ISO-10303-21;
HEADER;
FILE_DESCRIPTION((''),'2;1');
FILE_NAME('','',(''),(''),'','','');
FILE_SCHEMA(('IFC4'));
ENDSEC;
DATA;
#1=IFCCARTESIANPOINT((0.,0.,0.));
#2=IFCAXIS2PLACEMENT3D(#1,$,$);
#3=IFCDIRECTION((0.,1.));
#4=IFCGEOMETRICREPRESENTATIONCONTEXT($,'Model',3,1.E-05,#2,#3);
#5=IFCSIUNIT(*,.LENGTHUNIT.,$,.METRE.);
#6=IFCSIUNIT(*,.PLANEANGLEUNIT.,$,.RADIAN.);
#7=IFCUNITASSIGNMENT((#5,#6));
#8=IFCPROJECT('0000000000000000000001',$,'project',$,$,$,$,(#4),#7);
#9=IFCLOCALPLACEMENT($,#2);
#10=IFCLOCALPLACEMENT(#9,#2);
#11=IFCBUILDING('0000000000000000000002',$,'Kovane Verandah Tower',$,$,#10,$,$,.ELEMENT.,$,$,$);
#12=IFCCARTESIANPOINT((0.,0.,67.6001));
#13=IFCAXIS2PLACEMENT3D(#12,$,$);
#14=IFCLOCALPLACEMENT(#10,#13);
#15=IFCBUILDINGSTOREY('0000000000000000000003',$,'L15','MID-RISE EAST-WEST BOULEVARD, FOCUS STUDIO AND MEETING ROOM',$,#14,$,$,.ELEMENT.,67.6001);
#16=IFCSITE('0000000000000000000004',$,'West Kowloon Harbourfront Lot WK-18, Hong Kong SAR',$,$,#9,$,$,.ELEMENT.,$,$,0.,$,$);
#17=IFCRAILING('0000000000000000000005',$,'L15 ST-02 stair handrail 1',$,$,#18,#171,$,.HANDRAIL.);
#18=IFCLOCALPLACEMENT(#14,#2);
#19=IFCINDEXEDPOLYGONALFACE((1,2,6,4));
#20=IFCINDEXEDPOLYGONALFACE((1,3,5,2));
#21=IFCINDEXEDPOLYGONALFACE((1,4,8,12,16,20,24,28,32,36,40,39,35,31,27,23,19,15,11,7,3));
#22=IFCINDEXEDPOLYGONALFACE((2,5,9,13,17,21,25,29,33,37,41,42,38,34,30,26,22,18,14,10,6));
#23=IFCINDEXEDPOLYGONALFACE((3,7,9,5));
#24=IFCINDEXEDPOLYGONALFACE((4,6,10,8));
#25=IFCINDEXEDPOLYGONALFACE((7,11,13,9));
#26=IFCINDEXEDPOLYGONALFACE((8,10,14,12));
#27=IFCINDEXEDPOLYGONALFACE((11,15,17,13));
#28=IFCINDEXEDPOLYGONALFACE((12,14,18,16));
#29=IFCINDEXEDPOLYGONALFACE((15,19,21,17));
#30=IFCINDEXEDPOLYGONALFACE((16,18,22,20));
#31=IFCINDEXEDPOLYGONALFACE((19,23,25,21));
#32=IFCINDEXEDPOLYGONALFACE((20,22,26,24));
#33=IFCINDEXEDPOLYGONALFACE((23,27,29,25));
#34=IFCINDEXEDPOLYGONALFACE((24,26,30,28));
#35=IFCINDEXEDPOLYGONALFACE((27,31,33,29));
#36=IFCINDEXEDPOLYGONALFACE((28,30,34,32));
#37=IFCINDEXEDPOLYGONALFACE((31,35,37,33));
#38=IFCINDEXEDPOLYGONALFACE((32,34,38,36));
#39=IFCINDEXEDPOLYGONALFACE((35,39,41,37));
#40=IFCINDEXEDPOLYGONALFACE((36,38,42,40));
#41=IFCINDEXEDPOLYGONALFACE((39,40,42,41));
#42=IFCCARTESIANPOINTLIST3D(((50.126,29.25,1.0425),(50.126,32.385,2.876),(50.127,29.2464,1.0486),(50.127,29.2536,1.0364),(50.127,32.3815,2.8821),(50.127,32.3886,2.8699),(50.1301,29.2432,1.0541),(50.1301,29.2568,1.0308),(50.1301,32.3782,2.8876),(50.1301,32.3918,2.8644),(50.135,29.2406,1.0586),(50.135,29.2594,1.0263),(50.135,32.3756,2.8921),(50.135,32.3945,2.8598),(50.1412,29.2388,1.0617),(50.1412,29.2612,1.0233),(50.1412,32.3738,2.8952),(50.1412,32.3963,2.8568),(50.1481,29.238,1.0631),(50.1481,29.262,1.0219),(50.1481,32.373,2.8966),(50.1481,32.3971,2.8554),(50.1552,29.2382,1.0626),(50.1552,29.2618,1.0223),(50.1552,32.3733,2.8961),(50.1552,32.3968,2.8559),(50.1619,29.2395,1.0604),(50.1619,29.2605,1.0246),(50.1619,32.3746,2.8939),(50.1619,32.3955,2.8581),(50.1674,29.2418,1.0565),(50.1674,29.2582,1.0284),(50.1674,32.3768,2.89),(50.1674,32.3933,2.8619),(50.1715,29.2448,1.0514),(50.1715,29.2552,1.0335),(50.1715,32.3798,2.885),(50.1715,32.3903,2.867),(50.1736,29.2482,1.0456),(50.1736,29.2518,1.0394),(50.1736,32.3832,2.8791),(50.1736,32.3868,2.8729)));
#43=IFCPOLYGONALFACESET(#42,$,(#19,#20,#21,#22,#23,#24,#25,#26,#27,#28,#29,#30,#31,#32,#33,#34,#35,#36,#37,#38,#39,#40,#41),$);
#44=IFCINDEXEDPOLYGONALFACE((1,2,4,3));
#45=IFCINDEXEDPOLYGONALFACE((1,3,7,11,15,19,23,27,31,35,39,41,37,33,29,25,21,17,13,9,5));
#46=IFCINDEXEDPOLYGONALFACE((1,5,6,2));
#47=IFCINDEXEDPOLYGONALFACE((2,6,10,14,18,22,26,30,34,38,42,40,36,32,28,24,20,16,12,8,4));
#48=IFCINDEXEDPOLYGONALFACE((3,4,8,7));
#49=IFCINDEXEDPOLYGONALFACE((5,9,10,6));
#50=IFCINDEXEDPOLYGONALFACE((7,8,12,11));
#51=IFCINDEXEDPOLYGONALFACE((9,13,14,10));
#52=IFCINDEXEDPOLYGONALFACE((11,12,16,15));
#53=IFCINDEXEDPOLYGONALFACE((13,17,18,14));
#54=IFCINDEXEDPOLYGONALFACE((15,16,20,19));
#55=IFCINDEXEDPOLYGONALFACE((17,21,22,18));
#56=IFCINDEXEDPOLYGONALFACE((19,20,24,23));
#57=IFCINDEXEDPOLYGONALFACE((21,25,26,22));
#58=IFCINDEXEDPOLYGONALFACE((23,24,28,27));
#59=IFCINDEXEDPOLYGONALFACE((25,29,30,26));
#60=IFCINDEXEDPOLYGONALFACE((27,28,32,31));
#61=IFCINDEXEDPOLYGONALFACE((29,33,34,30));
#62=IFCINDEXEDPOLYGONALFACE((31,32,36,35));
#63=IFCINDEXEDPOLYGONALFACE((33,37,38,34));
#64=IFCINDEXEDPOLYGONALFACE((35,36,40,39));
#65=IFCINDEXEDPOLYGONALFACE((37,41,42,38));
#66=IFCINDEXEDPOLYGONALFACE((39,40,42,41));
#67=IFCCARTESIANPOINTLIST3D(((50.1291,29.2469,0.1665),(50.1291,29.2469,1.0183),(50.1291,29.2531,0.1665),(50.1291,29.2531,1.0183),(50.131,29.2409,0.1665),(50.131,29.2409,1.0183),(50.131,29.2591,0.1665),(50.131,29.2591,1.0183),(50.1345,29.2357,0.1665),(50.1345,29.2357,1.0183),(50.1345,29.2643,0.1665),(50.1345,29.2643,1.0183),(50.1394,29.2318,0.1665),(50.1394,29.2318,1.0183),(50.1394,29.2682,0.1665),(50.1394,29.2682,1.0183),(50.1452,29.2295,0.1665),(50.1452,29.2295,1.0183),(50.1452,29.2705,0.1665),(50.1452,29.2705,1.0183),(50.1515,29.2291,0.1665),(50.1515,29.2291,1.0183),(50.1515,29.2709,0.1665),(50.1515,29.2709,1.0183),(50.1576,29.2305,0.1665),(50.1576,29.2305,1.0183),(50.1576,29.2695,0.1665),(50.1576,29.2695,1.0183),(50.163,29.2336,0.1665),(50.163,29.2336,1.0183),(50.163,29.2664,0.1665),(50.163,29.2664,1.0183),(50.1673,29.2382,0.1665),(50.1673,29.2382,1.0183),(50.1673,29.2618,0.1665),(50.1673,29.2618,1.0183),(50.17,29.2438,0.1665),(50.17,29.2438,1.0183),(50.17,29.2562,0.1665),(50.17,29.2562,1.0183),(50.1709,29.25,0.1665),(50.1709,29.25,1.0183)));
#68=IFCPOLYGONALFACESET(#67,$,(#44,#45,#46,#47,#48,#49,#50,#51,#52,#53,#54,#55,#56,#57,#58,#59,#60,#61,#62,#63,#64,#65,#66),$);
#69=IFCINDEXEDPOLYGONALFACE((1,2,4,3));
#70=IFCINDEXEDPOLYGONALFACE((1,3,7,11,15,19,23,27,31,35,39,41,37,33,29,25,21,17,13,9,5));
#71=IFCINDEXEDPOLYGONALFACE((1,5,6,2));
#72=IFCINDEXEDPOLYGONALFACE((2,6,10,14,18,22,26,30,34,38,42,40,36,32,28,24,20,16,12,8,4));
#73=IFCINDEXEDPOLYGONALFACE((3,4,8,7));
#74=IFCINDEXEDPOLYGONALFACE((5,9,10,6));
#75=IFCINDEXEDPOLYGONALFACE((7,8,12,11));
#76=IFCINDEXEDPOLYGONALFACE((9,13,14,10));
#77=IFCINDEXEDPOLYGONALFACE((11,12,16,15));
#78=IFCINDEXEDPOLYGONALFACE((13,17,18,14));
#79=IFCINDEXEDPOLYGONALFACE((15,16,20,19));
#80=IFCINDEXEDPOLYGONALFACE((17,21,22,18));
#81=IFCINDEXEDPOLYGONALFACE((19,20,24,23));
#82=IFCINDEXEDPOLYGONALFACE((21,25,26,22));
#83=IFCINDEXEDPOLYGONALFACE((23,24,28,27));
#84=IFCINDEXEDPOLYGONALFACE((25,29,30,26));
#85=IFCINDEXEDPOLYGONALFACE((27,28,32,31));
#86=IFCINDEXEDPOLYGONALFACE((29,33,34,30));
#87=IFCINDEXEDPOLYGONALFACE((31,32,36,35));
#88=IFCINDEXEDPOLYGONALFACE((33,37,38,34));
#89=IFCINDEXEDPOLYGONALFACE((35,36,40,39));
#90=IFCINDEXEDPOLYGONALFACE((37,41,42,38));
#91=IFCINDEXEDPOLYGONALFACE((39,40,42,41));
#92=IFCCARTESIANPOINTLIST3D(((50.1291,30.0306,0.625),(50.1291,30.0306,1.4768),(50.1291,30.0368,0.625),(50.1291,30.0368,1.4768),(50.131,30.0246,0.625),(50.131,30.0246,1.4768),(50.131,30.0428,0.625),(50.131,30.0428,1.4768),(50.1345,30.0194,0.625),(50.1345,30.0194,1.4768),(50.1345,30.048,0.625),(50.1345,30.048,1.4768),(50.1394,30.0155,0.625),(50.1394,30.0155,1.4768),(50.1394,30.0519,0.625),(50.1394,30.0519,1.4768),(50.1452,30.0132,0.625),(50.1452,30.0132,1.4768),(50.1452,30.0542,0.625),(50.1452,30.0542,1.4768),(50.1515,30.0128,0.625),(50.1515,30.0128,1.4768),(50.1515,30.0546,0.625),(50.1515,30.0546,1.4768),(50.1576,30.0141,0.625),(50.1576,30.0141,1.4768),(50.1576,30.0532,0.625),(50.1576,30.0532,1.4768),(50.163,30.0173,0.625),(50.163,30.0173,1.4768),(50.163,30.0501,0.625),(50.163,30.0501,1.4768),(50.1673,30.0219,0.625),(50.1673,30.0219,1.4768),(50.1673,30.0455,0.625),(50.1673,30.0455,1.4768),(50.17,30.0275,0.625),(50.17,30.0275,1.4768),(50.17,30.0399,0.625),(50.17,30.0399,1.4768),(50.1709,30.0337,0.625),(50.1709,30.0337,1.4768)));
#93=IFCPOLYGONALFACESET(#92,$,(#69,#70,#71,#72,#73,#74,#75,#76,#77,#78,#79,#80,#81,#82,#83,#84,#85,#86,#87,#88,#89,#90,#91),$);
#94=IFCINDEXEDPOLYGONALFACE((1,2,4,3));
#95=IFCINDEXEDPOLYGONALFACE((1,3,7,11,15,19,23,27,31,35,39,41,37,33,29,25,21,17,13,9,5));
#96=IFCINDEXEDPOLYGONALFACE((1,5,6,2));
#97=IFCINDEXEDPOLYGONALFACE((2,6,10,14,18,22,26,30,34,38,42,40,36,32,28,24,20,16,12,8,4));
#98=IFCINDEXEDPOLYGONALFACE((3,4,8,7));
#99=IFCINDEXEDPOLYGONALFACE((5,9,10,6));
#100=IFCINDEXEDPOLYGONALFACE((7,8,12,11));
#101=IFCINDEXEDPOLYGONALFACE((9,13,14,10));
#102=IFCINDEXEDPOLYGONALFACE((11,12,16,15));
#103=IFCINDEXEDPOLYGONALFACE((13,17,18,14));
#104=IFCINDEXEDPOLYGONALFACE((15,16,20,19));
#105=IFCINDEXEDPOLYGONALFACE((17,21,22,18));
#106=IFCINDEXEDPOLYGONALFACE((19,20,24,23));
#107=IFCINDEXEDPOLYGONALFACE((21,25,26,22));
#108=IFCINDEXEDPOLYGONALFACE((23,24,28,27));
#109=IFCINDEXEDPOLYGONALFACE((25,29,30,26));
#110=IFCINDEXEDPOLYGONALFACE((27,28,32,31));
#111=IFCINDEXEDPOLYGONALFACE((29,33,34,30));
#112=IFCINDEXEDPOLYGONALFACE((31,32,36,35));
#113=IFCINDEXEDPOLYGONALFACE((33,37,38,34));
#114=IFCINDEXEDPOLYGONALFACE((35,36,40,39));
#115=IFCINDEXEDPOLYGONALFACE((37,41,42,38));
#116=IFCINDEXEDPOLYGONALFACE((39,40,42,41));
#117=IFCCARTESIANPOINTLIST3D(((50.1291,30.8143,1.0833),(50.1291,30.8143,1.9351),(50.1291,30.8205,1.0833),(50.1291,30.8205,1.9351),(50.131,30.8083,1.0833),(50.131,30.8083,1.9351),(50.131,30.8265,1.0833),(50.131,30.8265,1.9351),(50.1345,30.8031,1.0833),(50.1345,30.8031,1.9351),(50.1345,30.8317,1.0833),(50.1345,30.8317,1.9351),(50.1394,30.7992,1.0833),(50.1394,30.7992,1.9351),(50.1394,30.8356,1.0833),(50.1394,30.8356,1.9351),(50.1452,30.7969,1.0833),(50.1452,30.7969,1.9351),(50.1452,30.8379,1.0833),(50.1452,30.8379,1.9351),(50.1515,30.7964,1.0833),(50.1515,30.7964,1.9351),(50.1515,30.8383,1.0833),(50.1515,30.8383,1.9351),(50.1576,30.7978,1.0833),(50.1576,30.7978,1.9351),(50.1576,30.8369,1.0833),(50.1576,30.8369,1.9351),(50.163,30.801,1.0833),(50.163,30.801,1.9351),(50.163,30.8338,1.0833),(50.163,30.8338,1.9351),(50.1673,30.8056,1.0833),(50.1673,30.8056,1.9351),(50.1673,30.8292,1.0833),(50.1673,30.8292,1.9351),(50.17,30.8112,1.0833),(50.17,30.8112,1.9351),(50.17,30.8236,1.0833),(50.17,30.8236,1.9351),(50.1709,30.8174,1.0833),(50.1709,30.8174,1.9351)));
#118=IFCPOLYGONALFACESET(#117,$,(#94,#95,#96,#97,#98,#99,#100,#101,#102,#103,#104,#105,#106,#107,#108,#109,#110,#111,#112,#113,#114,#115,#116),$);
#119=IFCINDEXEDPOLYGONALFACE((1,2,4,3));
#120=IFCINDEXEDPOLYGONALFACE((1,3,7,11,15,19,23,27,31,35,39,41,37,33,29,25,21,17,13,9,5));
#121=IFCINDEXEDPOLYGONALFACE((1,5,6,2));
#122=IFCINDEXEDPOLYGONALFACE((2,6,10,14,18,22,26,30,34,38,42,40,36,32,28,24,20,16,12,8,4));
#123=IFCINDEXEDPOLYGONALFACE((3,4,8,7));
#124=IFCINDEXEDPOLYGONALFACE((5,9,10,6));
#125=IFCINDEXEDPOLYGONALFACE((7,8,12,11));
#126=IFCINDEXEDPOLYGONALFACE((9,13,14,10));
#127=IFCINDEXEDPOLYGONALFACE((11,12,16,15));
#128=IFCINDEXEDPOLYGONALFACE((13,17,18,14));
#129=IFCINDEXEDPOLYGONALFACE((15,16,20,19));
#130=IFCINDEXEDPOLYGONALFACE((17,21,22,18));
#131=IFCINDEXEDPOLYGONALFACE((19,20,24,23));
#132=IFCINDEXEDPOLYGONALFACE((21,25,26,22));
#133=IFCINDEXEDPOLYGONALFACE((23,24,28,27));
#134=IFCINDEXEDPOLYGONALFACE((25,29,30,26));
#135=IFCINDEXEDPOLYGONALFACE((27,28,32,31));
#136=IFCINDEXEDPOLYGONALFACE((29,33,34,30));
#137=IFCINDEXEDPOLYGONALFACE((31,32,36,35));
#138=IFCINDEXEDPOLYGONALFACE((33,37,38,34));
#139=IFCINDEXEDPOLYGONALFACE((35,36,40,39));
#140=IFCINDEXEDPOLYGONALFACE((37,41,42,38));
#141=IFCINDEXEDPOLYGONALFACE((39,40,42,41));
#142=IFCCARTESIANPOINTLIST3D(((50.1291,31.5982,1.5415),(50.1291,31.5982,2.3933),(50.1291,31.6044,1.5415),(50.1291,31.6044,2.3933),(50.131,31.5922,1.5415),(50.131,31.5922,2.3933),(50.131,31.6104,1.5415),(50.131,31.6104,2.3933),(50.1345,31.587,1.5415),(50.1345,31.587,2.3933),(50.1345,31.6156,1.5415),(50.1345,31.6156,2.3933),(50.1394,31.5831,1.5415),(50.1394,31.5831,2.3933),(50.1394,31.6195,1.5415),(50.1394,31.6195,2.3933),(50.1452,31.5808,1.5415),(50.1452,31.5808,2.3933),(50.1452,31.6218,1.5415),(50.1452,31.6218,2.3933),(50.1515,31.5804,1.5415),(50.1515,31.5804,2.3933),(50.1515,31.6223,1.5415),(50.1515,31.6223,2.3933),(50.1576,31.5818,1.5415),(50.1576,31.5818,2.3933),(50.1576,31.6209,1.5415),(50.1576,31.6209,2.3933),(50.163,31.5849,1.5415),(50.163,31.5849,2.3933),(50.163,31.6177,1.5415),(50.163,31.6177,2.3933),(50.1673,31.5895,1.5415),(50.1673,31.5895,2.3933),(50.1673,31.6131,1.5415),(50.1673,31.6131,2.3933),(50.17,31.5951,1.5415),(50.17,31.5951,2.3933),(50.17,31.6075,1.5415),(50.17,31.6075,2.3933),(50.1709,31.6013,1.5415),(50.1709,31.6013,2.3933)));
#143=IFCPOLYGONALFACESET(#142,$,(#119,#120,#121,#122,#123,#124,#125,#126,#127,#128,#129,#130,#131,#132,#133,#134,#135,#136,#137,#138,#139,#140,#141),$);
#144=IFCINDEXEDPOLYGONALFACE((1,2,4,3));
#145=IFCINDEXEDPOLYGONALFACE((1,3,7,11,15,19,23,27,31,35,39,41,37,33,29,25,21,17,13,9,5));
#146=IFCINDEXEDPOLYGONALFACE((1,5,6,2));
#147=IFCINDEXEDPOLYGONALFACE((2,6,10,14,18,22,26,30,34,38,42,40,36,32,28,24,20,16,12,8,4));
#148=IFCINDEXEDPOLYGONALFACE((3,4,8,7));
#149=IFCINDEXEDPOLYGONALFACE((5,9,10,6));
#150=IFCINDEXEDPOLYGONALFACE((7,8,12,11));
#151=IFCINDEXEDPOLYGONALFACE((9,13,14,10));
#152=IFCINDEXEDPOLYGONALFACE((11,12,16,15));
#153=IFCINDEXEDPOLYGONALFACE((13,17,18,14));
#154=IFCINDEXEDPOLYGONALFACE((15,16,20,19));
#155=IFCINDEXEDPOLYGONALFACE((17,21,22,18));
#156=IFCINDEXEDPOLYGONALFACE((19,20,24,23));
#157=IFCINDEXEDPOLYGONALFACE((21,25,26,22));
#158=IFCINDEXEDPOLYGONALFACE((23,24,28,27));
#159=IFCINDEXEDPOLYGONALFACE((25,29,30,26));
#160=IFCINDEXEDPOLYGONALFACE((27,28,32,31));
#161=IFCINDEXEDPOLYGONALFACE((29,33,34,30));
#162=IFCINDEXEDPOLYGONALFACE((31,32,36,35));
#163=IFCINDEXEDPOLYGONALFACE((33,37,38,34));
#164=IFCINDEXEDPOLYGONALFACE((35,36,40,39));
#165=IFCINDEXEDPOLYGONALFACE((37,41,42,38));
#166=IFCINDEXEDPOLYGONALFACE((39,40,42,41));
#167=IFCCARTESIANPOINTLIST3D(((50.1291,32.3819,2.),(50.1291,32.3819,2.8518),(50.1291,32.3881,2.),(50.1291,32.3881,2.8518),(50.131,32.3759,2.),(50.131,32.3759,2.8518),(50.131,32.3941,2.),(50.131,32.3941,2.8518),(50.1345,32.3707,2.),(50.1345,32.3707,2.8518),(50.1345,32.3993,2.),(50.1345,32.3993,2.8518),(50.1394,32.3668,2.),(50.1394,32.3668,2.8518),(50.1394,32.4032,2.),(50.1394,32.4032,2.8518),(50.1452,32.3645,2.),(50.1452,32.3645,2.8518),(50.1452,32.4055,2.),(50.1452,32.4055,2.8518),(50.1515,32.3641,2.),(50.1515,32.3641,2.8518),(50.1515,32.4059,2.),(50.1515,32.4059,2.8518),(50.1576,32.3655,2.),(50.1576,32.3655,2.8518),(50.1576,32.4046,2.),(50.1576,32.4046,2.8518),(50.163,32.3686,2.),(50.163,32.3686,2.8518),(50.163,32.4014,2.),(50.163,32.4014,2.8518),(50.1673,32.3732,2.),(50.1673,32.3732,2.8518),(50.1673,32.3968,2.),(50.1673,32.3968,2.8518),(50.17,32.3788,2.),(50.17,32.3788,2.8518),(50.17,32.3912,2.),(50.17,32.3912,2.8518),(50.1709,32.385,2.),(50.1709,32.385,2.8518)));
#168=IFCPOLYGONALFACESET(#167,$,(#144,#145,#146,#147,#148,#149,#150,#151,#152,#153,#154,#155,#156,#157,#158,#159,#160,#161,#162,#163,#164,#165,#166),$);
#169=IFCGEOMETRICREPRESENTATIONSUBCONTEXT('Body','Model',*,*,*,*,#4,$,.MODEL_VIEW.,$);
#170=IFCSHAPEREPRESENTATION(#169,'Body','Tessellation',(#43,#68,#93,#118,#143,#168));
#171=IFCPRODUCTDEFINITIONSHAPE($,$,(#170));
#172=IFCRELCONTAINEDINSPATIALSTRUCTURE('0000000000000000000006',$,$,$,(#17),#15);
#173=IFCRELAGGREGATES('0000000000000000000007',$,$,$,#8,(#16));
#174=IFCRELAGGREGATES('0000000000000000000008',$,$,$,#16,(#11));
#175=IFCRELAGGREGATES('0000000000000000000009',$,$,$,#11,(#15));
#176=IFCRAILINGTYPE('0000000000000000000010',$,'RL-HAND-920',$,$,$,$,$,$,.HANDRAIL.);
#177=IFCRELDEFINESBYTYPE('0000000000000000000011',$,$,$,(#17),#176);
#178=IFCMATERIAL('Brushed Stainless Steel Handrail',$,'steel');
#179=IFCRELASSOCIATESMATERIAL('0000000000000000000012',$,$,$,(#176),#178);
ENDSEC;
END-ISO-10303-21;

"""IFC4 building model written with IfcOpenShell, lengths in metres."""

from ifc_helpers import new_model, si_unit, direction, frame, origin, origin_2d, place, context, subcontext, project, spatial, circle, extrude, material, type_object, element, save


model = new_model("IFC4")

# Units and contexts
model_context = context("Model", 3, precision=1e-05, world=origin(), true_north=direction((0.0, 1.0)))
body_context = subcontext(model_context, "Body", "Model", "MODEL_VIEW")
ifc_project = project(units=[si_unit("LENGTHUNIT", "METRE"), si_unit("PLANEANGLEUNIT", "RADIAN")], contexts=[model_context])

# Site, building, storey
site_placement = place(None, origin())
site = spatial("IfcSite", under=ifc_project, at=site_placement, Name="West Kowloon Harbourfront Lot WK-18, Hong Kong SAR", CompositionType="ELEMENT", RefElevation=0.0)
building_placement = place(site_placement, origin())
building = spatial("IfcBuilding", under=site, at=building_placement, Name="Kovane Verandah Tower", CompositionType="ELEMENT")
storey_placement = place(building_placement, frame((0.0, 0.0, 67.6001)))
storey = spatial("IfcBuildingStorey", under=building, at=storey_placement, Name="L15", Description="MID-RISE EAST-WEST BOULEVARD, FOCUS STUDIO AND MEETING ROOM", CompositionType="ELEMENT", Elevation=67.6001)

# Railing
ifc_material_1 = material(Name="Brushed Stainless Steel Handrail", Category="steel")
railing_type = type_object("IfcRailingType", Name="RL-HAND-920", PredefinedType="HANDRAIL", material=ifc_material_1)
railing_placement = place(storey_placement, frame((50.1499, 29.25, 0.1665)))
element("IfcRailing", 1, at=railing_placement, inside=storey, type_object=railing_type, Name="L15 ST-02 stair handrail 1", PredefinedType="HANDRAIL", context=body_context, shape_type="SweptSolid", body=[
    extrude(circle(Radius=0.0239, at=origin_2d()), frame((0.0, 0.0, 0.876), z_axis=(0.0, 0.86321, 0.504845), x_axis=(-1.0, 0.0, 0.0)), (0.0, 0.0, 1.0), 3.6318),
    extrude(circle(Radius=0.021, at=origin_2d()), origin(), (0.0, 0.0, 1.0), 0.8518),
    extrude(circle(Radius=0.021, at=origin_2d()), frame((0.0, 0.7837, 0.4585)), (0.0, 0.0, 1.0), 0.8518),
    extrude(circle(Radius=0.021, at=origin_2d()), frame((0.0, 1.5674, 0.9167)), (0.0, 0.0, 1.0), 0.8518),
    extrude(circle(Radius=0.021, at=origin_2d()), frame((0.0, 2.3513, 1.375)), (0.0, 0.0, 1.0), 0.8518),
    extrude(circle(Radius=0.021, at=origin_2d()), frame((0.0, 3.135, 1.8335)), (0.0, 0.0, 1.0), 0.8518),
])

save(model, "model.ifc")
